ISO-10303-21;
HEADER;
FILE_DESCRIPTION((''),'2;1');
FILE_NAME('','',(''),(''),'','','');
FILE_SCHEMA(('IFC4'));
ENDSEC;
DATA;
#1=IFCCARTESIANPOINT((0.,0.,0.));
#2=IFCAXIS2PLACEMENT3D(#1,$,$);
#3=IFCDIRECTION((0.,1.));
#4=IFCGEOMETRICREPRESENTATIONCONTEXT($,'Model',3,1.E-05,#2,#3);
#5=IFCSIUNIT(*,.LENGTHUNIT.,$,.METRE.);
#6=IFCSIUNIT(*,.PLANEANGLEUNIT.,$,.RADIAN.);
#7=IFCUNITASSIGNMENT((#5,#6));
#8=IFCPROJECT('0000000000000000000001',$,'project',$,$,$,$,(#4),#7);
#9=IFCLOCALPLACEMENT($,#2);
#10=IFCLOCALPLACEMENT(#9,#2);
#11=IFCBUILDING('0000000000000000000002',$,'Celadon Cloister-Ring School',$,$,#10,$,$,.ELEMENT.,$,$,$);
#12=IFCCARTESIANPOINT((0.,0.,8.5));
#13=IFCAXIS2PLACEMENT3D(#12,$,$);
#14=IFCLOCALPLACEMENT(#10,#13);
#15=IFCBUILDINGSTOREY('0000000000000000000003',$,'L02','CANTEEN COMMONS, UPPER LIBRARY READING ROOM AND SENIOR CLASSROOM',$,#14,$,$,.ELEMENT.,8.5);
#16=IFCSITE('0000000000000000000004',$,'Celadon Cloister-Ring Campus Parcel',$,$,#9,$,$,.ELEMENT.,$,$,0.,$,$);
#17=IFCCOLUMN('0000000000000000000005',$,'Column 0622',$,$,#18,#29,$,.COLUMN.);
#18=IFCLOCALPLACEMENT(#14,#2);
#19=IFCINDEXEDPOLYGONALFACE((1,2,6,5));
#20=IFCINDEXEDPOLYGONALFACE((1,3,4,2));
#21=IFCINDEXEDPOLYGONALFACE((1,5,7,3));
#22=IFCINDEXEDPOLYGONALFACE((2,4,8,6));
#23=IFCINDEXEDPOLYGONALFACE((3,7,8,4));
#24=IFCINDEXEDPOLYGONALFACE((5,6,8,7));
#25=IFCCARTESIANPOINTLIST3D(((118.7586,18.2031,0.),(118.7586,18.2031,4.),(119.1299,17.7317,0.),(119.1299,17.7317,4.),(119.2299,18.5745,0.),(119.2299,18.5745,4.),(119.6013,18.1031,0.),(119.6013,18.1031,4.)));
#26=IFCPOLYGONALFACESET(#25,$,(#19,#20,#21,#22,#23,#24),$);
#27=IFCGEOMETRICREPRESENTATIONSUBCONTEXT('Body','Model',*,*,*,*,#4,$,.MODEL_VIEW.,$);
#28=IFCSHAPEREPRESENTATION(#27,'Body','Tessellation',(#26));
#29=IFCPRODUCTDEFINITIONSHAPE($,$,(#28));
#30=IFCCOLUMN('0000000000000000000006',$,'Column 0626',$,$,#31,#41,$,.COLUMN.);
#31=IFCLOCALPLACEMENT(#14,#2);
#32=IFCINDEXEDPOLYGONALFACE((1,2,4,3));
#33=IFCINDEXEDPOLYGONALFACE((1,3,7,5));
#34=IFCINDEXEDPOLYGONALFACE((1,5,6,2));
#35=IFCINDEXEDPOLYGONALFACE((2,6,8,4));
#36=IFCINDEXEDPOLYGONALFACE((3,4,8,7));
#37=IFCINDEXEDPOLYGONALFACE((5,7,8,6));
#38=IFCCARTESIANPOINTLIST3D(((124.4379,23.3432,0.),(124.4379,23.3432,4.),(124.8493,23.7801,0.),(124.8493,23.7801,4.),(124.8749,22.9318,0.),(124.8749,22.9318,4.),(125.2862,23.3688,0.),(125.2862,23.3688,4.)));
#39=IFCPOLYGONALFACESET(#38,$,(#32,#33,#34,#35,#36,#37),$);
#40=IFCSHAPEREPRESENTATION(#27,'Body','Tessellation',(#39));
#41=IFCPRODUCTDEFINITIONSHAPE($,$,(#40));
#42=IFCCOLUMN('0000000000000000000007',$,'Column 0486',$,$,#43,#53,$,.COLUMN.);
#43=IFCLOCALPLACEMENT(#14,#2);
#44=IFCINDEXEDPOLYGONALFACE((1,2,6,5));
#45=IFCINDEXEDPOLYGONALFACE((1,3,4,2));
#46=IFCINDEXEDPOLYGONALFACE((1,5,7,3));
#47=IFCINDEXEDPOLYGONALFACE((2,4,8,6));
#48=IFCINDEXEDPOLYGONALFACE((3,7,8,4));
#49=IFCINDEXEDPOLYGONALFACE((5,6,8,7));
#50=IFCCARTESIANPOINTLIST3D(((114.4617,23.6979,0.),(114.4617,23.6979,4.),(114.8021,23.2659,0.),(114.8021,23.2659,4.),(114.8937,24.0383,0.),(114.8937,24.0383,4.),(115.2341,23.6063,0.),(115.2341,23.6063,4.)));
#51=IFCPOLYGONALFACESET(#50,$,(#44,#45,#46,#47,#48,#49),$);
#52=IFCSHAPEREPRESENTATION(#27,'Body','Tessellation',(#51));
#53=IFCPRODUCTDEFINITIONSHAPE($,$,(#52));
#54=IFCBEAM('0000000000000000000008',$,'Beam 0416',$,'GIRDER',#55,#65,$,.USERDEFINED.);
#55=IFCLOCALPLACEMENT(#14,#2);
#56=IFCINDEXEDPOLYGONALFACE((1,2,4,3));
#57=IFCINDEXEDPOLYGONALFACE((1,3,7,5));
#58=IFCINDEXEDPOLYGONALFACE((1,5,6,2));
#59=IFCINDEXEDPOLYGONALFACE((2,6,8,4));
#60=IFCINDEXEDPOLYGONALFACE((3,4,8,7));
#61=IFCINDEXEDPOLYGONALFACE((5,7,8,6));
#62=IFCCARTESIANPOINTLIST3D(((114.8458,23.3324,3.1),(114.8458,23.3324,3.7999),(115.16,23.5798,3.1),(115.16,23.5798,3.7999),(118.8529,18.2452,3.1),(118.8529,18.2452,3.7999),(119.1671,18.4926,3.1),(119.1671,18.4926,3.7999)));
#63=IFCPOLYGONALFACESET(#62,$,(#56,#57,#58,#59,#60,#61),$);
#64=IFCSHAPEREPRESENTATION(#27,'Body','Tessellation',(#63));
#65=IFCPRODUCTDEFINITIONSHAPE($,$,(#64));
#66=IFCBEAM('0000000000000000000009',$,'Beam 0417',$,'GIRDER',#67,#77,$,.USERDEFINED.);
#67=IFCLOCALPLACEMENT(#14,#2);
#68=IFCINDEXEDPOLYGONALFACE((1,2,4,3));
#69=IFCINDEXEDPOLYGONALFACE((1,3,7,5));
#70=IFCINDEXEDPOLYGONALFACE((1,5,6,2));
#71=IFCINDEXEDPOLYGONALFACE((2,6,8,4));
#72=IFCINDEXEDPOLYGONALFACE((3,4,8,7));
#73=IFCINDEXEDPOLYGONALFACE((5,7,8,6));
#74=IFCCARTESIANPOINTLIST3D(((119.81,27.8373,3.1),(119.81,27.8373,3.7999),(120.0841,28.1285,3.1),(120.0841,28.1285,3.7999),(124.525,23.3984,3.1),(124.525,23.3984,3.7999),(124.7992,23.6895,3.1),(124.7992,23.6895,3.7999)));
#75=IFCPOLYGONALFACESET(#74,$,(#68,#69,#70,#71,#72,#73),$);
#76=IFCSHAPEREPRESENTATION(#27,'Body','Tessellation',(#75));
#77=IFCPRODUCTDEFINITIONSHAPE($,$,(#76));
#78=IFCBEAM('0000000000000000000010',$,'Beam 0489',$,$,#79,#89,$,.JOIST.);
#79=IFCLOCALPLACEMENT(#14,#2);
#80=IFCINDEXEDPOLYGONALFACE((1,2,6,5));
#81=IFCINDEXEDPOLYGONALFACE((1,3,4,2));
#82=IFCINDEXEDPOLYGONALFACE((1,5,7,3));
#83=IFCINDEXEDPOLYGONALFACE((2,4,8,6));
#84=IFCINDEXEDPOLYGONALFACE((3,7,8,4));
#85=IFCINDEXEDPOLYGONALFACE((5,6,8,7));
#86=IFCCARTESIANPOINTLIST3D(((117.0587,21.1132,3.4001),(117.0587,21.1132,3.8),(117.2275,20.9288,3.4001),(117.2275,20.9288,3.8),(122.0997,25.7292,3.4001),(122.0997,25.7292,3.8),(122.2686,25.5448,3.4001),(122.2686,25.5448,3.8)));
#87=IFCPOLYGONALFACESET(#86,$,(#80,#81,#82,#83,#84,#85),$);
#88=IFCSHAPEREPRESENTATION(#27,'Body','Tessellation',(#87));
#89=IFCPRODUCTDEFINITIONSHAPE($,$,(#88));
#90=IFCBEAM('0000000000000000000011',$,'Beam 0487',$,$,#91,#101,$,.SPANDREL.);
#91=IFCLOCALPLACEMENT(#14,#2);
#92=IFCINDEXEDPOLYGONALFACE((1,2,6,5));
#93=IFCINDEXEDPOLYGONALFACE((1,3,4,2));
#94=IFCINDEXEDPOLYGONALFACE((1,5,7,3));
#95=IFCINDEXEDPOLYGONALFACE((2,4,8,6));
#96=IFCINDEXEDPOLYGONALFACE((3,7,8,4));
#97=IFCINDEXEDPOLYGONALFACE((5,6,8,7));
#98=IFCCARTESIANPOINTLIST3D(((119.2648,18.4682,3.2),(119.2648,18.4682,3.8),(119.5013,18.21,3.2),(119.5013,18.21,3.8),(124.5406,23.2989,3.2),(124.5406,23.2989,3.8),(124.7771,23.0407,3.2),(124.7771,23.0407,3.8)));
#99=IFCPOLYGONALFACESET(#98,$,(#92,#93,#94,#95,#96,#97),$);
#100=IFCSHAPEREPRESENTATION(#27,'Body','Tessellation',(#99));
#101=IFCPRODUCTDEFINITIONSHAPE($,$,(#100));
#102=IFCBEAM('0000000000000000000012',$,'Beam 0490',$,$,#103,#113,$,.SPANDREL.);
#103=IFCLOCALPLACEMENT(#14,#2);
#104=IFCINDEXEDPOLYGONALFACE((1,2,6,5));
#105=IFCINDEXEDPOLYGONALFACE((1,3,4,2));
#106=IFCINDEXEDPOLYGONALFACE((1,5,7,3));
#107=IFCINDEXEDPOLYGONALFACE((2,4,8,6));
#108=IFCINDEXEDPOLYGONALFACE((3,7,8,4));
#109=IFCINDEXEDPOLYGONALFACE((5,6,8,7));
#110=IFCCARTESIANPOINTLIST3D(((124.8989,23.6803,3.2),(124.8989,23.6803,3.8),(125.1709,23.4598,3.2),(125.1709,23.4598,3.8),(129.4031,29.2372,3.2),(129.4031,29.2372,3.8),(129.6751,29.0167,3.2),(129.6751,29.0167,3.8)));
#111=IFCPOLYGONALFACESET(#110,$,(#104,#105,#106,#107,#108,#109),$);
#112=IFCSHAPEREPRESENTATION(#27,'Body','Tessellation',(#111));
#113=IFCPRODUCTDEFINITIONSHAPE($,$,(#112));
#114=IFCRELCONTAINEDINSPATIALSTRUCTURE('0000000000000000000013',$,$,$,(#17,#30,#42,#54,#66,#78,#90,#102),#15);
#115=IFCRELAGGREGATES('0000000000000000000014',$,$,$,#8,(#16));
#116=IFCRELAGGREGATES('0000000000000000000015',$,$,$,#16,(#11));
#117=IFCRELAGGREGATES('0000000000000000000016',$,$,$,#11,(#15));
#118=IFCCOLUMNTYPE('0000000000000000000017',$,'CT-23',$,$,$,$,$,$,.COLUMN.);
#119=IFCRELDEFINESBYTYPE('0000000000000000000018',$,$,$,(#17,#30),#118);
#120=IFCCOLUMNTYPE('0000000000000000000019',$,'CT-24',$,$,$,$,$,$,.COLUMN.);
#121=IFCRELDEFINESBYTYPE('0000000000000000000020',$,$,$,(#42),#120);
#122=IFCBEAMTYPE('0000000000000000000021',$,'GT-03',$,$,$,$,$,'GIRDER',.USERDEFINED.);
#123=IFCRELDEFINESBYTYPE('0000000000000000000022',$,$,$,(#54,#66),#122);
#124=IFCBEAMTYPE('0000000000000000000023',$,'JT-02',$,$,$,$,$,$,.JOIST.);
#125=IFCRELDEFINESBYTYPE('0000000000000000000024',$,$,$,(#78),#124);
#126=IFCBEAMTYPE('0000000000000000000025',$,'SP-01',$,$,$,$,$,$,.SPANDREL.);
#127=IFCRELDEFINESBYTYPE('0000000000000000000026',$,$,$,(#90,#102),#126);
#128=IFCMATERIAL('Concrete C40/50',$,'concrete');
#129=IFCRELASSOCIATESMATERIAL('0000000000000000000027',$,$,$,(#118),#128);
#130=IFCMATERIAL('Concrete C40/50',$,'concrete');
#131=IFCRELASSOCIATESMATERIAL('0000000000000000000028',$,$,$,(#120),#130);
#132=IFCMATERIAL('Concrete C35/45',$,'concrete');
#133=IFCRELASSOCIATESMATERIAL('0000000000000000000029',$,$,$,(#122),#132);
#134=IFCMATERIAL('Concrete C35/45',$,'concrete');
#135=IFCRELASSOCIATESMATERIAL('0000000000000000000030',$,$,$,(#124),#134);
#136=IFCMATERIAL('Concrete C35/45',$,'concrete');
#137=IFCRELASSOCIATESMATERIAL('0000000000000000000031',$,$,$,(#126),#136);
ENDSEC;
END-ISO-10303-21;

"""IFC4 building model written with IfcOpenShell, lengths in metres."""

from ifc_helpers import new_model, si_unit, direction, frame, origin, origin_2d, place, context, subcontext, project, spatial, rectangle, extrude, material, material_profile, profile_set, type_object, element, save


model = new_model("IFC4")

# Units and contexts
model_context = context("Model", 3, precision=1e-05, world=origin(), true_north=direction((0.0, 1.0)))
body_context = subcontext(model_context, "Body", "Model", "MODEL_VIEW")
ifc_project = project(units=[si_unit("LENGTHUNIT", "METRE"), si_unit("PLANEANGLEUNIT", "RADIAN")], contexts=[model_context])

# Site, building, storey
site_placement = place(None, origin())
site = spatial("IfcSite", under=ifc_project, at=site_placement, Name="Celadon Cloister-Ring Campus Parcel", CompositionType="ELEMENT", RefElevation=0.0)
building_placement = place(site_placement, origin())
building = spatial("IfcBuilding", under=site, at=building_placement, Name="Celadon Cloister-Ring School", CompositionType="ELEMENT")
storey_placement = place(building_placement, frame((0.0, 0.0, 8.5)))
storey = spatial("IfcBuildingStorey", under=building, at=storey_placement, Name="L02", Description="CANTEEN COMMONS, UPPER LIBRARY READING ROOM AND SENIOR CLASSROOM", CompositionType="ELEMENT", Elevation=8.5)

# Columns
ifc_material_1 = material(Name="Concrete C40/50", Category="concrete")
ifc_material_profile_1 = material_profile(ifc_material_1, rectangle(XDim=0.6001, YDim=0.6001, at=origin_2d()), Name="RC600X600")
ifc_profile_set_1 = profile_set([ifc_material_profile_1], Name="Concrete C40/50")
column_type_1 = type_object("IfcColumnType", Name="CT-23", PredefinedType="COLUMN", material=ifc_profile_set_1)
for number, where, z_axis, x_axis, name in (
    (1, (119.1799, 18.1531, 0.0), (0.0, 0.0, 1.0), (0.618847, -0.785511, 0.0), "Column 0622"),
    (2, (124.8621, 23.356, 0.0), (0.0, 0.0, 1.0), (0.728108, -0.685463, 0.0), "Column 0626"),
):
    element("IfcColumn", number, at=place(storey_placement, frame(where, z_axis=z_axis, x_axis=x_axis)), inside=storey, type_object=column_type_1, Name=name, PredefinedType="COLUMN", context=body_context, shape_type="SweptSolid", body=[
        extrude(rectangle(XDim=0.6001, YDim=0.6001, at=origin_2d()), origin(), (0.0, 0.0, 1.0), 4.0),
    ])
ifc_material_2 = material(Name="Concrete C40/50", Category="concrete")
ifc_material_profile_2 = material_profile(ifc_material_2, rectangle(XDim=0.55, YDim=0.55, at=origin_2d()), Name="RC550X550")
ifc_profile_set_2 = profile_set([ifc_material_profile_2], Name="Concrete C40/50")
column_type_2 = type_object("IfcColumnType", Name="CT-24", PredefinedType="COLUMN", material=ifc_profile_set_2)
column_placement = place(storey_placement, frame((114.8479, 23.6521, 0.0), z_axis=(0.0, 0.0, 1.0), x_axis=(0.618847, -0.785511, 0.0)))
element("IfcColumn", 3, at=column_placement, inside=storey, type_object=column_type_2, Name="Column 0486", PredefinedType="COLUMN", context=body_context, shape_type="SweptSolid", body=[
    extrude(rectangle(XDim=0.55, YDim=0.55, at=origin_2d()), origin(), (0.0, 0.0, 1.0), 4.0),
])

# Beams
ifc_material_3 = material(Name="Concrete C35/45", Category="concrete")
ifc_material_profile_3 = material_profile(ifc_material_3, rectangle(XDim=0.3999, YDim=0.7, at=origin_2d()), Name="RC400X700")
ifc_profile_set_3 = profile_set([ifc_material_profile_3], Name="Concrete C35/45")
beam_type_1 = type_object("IfcBeamType", Name="GT-03", ElementType="GIRDER", PredefinedType="USERDEFINED", material=ifc_profile_set_3)
for number, where, z_axis, x_axis, name in (
    (4, (119.01, 18.3689, 3.45), (-0.618778, 0.785566, 0.0), (-0.785566, -0.618778, 0.0), "Beam 0416"),
    (5, (124.6621, 23.5439, 3.45), (-0.728105, 0.685466, 0.0), (-0.685466, -0.728105, 0.0), "Beam 0417"),
):
    element("IfcBeam", number, at=place(storey_placement, frame(where, z_axis=z_axis, x_axis=x_axis)), inside=storey, type_object=beam_type_1, Name=name, ObjectType="GIRDER", PredefinedType="USERDEFINED", context=body_context, shape_type="SweptSolid", body=[
        extrude(rectangle(XDim=0.3999, YDim=0.7, at=origin_2d()), origin(), (0.0, 0.0, 1.0), 6.4758),
    ])
ifc_material_4 = material(Name="Concrete C35/45", Category="concrete")
ifc_material_profile_4 = material_profile(ifc_material_4, rectangle(XDim=0.25, YDim=0.3999, at=origin_2d()), Name="RC250X400")
ifc_profile_set_4 = profile_set([ifc_material_profile_4], Name="Concrete C35/45")
beam_type_2 = type_object("IfcBeamType", Name="JT-02", PredefinedType="JOIST", material=ifc_profile_set_4)
beam_1_placement = place(storey_placement, frame((117.1431, 21.021, 3.6001), z_axis=(0.737516, 0.67533, 0.0), x_axis=(-0.67533, 0.737516, 0.0)))
element("IfcBeam", 6, at=beam_1_placement, inside=storey, type_object=beam_type_2, Name="Beam 0489", PredefinedType="JOIST", context=body_context, shape_type="SweptSolid", body=[
    extrude(rectangle(XDim=0.25, YDim=0.3999, at=origin_2d()), origin(), (0.0, 0.0, 1.0), 6.8352),
])
ifc_material_5 = material(Name="Concrete C35/45", Category="concrete")
ifc_material_profile_5 = material_profile(ifc_material_5, rectangle(XDim=0.3501, YDim=0.6001, at=origin_2d()), Name="RC350X600")
ifc_profile_set_5 = profile_set([ifc_material_profile_5], Name="Concrete C35/45")
beam_type_3 = type_object("IfcBeamType", Name="SP-01", PredefinedType="SPANDREL", material=ifc_profile_set_5)
beam_2_placement = place(storey_placement, frame((119.3831, 18.3391, 3.5), z_axis=(0.737531, 0.675313, 0.0), x_axis=(-0.675313, 0.737531, 0.0)))
element("IfcBeam", 7, at=beam_2_placement, inside=storey, type_object=beam_type_3, Name="Beam 0487", PredefinedType="SPANDREL", context=body_context, shape_type="SweptSolid", body=[
    extrude(rectangle(XDim=0.3501, YDim=0.6001, at=origin_2d()), origin(), (0.0, 0.0, 1.0), 7.1533),
])
beam_3_placement = place(storey_placement, frame((125.0349, 23.5701, 3.5), z_axis=(0.629681, 0.776854, 0.0), x_axis=(-0.776854, 0.629681, 0.0)))
element("IfcBeam", 8, at=beam_3_placement, inside=storey, type_object=beam_type_3, Name="Beam 0490", PredefinedType="SPANDREL", context=body_context, shape_type="SweptSolid", body=[
    extrude(rectangle(XDim=0.3501, YDim=0.6001, at=origin_2d()), origin(), (0.0, 0.0, 1.0), 7.1531),
])

save(model, "model.ifc")
